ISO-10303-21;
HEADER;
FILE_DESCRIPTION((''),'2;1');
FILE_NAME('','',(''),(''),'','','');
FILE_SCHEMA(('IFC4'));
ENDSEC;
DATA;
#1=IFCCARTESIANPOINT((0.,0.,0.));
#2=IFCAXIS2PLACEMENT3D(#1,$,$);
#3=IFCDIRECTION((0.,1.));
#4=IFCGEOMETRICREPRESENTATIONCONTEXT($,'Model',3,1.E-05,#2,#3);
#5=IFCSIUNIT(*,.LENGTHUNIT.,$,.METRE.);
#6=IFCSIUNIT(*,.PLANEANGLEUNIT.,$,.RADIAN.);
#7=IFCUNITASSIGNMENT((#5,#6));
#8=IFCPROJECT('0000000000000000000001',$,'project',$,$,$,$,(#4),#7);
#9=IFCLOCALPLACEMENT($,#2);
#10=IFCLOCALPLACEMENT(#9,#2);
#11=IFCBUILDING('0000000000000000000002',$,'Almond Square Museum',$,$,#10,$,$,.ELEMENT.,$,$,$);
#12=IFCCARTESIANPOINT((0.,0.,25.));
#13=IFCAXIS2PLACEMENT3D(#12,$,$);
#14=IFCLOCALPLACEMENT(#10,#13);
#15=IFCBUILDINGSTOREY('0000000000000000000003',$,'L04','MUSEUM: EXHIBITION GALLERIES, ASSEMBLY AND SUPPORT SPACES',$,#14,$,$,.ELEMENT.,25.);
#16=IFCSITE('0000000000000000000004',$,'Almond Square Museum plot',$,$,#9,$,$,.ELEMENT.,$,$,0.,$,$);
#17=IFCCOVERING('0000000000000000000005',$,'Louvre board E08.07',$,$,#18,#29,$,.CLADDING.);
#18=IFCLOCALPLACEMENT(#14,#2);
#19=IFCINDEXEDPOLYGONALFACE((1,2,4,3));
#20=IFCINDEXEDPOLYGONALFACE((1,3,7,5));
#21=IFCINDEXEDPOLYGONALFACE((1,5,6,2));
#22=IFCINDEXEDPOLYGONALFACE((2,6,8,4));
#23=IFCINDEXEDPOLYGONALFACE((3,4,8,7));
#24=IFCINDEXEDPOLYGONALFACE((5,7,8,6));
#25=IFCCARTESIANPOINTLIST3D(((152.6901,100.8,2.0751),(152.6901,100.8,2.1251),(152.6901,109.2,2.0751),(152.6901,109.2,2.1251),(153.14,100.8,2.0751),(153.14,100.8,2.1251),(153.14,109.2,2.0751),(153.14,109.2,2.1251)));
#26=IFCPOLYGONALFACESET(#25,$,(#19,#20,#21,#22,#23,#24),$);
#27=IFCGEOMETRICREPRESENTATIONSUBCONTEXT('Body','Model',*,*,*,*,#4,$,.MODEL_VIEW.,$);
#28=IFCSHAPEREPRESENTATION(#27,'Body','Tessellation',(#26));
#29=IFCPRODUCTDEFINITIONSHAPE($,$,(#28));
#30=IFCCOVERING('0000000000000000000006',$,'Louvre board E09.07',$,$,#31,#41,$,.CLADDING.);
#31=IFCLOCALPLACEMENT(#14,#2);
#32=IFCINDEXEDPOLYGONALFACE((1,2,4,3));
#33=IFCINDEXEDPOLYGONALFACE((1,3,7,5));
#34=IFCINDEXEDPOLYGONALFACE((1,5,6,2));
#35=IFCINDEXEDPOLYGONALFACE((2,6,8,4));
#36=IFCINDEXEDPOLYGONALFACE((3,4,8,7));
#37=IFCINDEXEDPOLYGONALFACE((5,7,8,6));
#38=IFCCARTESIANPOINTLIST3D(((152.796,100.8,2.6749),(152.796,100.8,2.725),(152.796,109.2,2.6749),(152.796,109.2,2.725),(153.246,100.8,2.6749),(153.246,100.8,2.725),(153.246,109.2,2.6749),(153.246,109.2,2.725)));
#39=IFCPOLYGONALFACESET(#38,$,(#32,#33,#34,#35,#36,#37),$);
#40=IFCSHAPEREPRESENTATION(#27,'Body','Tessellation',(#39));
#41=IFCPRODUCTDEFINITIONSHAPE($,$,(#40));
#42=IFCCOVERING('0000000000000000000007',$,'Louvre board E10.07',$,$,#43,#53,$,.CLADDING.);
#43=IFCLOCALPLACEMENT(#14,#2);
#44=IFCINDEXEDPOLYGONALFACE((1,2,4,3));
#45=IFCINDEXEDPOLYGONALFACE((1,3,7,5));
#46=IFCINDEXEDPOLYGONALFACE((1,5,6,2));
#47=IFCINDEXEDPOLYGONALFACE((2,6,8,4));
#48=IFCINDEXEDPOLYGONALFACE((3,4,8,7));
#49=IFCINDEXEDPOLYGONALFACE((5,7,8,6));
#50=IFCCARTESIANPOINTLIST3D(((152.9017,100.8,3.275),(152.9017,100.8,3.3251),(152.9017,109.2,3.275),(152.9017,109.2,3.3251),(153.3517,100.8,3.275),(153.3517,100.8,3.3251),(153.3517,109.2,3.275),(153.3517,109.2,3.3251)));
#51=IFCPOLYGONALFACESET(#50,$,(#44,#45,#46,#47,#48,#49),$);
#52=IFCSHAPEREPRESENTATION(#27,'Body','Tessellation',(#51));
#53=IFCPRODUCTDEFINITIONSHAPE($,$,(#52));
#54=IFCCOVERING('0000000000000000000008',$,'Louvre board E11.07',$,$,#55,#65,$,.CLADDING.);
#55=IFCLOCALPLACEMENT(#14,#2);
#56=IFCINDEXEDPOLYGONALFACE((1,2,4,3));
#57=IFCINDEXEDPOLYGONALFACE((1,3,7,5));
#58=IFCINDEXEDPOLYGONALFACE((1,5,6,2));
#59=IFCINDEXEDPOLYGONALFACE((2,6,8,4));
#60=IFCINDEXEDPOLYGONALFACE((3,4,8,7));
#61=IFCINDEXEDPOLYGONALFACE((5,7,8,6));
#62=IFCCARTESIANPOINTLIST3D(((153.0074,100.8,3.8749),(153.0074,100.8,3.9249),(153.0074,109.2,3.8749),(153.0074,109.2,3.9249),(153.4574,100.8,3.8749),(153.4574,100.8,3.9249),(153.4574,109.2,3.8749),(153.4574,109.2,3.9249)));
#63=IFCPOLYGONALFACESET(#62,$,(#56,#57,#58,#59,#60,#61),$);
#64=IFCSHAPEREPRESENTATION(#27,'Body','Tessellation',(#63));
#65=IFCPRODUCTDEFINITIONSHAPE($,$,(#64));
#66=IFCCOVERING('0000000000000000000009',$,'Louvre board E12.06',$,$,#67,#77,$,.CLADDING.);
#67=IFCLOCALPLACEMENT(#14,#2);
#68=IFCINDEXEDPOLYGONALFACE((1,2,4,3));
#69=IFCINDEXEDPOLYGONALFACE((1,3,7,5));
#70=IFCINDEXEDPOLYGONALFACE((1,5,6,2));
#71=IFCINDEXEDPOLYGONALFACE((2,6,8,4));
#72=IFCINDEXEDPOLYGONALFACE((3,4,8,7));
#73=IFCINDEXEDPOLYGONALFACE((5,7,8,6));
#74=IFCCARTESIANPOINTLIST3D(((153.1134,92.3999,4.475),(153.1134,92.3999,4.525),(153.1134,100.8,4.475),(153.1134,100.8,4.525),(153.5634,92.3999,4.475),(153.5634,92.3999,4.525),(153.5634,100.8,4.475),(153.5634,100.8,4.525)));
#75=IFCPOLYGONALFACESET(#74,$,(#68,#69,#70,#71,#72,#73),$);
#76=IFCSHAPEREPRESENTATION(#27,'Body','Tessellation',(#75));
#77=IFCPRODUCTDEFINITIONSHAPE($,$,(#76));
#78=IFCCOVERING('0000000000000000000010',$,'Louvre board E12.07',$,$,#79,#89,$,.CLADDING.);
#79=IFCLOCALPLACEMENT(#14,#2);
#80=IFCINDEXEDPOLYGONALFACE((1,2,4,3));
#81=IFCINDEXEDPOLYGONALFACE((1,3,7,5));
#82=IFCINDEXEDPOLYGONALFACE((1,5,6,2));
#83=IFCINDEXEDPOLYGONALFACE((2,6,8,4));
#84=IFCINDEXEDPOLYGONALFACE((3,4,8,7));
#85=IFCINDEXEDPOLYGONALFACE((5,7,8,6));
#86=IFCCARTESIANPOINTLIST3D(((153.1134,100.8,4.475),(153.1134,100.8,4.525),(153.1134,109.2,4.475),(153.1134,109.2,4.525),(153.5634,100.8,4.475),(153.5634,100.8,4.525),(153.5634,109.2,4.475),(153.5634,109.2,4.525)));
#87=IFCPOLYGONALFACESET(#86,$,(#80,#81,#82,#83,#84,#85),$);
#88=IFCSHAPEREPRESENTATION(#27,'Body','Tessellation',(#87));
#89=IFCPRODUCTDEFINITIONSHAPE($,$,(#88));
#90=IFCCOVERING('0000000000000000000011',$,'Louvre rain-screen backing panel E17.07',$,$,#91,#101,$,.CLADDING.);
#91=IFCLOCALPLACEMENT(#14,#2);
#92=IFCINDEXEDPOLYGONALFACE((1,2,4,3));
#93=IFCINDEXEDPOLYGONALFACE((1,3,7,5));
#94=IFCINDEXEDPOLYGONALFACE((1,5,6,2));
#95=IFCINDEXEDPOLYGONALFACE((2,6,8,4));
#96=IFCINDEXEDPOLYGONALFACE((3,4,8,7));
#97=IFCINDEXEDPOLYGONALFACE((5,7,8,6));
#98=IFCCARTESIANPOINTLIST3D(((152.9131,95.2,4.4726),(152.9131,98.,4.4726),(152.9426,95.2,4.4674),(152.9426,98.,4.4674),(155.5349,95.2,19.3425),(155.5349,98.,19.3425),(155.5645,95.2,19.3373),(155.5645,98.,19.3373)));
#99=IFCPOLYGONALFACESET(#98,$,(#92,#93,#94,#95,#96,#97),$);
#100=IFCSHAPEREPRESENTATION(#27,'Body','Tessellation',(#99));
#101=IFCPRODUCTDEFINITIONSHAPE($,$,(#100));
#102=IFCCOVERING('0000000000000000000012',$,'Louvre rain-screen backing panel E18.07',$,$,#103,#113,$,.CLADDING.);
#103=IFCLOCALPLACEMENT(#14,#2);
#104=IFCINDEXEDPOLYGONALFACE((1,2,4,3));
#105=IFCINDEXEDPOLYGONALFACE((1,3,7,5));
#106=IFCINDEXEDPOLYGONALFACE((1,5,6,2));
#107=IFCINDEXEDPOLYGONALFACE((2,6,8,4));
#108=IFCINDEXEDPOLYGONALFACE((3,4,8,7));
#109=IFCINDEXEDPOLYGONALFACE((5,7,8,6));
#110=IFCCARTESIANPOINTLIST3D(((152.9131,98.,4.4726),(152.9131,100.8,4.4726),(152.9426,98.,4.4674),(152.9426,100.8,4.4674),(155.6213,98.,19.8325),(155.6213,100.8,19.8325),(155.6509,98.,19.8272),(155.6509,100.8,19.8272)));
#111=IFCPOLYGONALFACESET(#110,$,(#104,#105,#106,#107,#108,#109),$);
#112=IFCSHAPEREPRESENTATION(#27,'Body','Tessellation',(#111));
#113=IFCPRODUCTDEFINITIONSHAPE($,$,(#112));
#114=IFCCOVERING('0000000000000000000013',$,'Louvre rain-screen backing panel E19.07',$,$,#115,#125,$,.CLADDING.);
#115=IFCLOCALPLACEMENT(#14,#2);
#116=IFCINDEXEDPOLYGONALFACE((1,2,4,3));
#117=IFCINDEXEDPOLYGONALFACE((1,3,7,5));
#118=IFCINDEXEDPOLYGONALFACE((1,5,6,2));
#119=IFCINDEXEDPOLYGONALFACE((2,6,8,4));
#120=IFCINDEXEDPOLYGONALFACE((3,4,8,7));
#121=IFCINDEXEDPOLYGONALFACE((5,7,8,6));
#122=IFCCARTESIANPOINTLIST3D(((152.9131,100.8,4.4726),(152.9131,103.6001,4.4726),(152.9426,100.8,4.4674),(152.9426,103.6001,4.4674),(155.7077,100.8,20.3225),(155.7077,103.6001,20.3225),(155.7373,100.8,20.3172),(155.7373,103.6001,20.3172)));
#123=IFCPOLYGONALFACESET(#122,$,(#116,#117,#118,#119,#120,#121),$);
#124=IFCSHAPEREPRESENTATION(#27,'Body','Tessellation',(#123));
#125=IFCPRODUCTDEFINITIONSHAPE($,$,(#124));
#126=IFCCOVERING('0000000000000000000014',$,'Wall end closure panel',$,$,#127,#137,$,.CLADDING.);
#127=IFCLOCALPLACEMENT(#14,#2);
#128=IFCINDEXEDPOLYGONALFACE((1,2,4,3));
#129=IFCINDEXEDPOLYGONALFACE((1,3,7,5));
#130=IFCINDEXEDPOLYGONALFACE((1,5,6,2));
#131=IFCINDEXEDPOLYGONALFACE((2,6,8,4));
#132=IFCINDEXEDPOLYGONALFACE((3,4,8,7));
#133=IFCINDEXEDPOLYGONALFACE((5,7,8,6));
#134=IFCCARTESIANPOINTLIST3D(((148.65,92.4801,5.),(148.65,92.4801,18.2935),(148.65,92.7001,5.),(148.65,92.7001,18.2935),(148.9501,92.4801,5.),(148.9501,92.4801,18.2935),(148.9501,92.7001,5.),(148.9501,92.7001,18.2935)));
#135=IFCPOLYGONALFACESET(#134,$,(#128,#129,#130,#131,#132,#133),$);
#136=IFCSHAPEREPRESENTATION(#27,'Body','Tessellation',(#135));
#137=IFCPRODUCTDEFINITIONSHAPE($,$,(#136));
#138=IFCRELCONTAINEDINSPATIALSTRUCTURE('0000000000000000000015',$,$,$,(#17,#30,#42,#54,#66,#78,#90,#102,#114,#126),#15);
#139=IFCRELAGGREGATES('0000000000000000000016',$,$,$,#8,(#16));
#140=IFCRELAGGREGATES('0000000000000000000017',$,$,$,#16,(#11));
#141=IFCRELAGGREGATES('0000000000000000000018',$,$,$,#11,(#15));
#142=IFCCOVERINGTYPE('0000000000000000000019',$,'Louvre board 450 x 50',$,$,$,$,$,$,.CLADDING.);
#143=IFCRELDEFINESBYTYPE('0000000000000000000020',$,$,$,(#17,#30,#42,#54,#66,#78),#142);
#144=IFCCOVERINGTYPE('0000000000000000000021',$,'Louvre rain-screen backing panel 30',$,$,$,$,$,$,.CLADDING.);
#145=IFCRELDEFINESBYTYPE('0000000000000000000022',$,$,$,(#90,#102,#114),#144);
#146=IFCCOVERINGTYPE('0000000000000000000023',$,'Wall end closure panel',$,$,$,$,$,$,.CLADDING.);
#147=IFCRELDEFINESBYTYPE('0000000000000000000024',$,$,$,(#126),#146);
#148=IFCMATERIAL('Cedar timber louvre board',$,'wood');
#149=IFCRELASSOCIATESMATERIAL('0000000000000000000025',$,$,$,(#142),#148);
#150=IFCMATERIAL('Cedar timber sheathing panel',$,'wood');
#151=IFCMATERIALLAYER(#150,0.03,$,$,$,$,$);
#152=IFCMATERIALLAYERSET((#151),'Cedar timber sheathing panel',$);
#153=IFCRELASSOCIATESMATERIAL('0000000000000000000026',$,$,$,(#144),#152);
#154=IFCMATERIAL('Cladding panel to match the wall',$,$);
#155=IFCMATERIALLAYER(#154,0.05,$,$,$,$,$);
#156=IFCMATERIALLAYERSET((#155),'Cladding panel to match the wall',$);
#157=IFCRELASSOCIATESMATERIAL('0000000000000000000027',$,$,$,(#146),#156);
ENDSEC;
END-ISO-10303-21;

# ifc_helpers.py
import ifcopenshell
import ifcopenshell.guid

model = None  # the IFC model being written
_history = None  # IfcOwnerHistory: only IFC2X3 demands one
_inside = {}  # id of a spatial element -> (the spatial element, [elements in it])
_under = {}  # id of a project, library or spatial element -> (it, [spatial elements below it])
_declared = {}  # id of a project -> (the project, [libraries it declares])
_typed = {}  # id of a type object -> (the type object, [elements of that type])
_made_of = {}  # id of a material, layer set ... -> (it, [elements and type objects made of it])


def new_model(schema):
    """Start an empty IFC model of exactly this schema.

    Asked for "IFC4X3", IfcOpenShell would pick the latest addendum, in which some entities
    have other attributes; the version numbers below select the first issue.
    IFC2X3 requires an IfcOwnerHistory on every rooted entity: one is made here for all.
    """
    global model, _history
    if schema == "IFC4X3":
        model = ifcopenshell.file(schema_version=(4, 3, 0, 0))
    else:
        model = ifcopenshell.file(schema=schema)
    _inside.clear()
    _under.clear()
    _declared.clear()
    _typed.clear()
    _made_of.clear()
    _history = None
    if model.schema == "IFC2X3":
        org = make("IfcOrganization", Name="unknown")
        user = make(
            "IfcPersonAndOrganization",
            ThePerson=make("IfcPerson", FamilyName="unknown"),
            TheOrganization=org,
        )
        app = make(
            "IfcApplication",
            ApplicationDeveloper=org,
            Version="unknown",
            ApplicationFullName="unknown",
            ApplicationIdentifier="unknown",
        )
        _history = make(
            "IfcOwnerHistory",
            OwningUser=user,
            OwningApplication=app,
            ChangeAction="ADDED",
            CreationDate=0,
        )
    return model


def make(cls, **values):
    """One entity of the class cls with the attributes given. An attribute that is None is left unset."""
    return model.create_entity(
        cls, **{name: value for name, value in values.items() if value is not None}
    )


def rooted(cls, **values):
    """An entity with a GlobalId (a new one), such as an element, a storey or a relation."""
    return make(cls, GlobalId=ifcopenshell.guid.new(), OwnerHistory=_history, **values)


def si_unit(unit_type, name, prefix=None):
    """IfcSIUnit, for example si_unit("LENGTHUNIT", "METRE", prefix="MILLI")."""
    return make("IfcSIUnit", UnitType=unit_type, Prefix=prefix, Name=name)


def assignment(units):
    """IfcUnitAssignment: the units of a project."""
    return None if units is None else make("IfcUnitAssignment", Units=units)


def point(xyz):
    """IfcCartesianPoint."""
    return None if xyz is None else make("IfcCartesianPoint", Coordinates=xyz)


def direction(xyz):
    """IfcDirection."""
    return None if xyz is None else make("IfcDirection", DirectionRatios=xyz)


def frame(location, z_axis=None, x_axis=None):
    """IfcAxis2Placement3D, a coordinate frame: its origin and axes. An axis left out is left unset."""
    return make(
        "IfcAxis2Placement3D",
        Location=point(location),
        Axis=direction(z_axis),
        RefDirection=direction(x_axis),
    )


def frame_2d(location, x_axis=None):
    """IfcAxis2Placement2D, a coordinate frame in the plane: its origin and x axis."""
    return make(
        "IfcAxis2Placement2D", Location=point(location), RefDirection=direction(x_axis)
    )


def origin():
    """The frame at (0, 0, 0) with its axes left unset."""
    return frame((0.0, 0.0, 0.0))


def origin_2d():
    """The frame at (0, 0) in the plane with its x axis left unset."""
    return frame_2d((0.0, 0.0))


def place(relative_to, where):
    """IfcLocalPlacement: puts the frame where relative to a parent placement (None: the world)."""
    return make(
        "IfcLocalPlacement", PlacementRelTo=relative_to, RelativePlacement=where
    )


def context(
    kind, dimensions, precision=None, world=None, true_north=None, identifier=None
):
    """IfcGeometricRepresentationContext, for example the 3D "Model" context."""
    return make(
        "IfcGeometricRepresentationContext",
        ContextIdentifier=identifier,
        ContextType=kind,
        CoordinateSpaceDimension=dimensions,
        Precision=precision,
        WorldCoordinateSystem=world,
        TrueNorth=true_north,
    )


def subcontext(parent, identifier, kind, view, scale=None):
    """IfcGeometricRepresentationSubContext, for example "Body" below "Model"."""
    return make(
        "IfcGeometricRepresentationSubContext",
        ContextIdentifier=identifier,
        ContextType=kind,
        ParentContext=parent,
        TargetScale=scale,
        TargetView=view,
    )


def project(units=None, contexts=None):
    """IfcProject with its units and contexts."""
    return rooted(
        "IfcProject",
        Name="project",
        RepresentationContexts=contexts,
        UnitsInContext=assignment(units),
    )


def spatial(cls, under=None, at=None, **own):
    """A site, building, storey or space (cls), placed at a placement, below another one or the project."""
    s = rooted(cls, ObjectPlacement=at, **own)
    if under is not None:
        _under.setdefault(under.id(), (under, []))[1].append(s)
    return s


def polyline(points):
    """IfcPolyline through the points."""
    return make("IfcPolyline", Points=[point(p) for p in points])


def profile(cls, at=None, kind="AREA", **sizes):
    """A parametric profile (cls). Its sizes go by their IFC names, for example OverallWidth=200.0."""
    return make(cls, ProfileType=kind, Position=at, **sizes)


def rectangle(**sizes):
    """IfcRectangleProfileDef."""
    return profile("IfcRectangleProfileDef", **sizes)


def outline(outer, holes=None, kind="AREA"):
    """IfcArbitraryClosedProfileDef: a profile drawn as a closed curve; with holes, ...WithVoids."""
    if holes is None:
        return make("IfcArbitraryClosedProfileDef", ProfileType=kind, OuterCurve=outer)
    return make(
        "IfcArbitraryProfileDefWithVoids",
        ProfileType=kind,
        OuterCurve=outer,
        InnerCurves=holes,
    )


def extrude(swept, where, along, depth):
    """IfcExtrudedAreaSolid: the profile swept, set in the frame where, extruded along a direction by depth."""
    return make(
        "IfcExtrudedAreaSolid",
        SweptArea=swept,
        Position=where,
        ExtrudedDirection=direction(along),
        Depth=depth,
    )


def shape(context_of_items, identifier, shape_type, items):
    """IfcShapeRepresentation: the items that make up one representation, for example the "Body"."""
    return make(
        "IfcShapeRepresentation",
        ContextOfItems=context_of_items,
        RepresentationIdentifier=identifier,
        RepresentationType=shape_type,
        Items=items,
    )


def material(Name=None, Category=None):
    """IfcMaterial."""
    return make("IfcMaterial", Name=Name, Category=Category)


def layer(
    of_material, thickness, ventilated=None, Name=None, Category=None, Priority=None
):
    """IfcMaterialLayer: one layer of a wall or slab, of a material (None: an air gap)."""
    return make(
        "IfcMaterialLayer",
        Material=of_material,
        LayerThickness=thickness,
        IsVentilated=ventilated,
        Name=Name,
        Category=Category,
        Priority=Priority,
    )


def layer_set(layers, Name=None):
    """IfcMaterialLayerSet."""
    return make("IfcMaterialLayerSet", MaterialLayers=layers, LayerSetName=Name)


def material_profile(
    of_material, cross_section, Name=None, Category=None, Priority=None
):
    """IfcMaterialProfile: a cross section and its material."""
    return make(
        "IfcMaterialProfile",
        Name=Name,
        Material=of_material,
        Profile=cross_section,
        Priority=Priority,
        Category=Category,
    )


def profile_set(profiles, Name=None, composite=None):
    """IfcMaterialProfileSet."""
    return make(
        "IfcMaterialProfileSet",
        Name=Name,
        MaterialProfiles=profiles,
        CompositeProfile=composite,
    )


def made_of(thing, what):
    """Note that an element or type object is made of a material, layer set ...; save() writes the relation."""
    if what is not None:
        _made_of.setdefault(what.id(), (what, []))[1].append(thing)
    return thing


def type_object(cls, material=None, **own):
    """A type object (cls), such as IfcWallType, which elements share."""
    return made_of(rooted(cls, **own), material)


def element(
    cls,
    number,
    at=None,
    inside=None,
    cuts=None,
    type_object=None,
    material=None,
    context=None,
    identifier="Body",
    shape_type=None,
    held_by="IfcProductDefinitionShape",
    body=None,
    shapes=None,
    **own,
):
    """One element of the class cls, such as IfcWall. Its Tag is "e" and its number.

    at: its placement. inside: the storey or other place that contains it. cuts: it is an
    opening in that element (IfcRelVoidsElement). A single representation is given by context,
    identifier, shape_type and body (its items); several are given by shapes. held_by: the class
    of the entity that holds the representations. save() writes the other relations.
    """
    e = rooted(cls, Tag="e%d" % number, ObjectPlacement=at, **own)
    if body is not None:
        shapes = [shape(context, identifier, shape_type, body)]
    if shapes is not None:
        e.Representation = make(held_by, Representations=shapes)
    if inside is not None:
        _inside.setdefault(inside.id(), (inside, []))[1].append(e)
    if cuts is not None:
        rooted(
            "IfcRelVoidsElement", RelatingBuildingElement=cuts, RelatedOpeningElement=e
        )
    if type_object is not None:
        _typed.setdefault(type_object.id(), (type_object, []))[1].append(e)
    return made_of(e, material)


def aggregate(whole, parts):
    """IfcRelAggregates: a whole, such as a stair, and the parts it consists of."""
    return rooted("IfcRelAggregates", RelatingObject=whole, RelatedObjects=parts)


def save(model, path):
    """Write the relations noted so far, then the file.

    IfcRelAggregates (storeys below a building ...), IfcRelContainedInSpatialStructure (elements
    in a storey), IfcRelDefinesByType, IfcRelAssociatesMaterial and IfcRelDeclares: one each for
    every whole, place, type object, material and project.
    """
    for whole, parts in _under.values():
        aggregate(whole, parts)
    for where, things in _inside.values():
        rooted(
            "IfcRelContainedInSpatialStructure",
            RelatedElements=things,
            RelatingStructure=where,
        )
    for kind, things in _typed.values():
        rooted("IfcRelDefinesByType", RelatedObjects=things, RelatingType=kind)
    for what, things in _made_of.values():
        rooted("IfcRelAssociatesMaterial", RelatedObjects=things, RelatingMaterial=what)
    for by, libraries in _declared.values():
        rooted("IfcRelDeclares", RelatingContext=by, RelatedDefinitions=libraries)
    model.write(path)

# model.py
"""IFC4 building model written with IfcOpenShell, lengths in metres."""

from ifc_helpers import new_model, si_unit, direction, frame, origin, origin_2d, place, context, subcontext, project, spatial, polyline, rectangle, outline, extrude, material, layer, layer_set, material_profile, profile_set, type_object, element, save


model = new_model("IFC4")

# Units and contexts
model_context = context("Model", 3, precision=1e-05, world=origin(), true_north=direction((0.0, 1.0)))
body_context = subcontext(model_context, "Body", "Model", "MODEL_VIEW")
ifc_project = project(units=[si_unit("LENGTHUNIT", "METRE"), si_unit("PLANEANGLEUNIT", "RADIAN")], contexts=[model_context])

# Site, building, storey
site_placement = place(None, origin())
site = spatial("IfcSite", under=ifc_project, at=site_placement, Name="Almond Square Museum plot", CompositionType="ELEMENT", RefElevation=0.0)
building_placement = place(site_placement, origin())
building = spatial("IfcBuilding", under=site, at=building_placement, Name="Almond Square Museum", CompositionType="ELEMENT")
storey_placement = place(building_placement, frame((0.0, 0.0, 25.0)))
storey = spatial("IfcBuildingStorey", under=building, at=storey_placement, Name="L04", Description="MUSEUM: EXHIBITION GALLERIES, ASSEMBLY AND SUPPORT SPACES", CompositionType="ELEMENT", Elevation=25.0)

# Coverings
ifc_material_1 = material(Name="Cedar timber louvre board", Category="wood")
ifc_material_profile_1 = material_profile(ifc_material_1, rectangle(XDim=0.45, YDim=0.05, at=origin_2d()))
ifc_profile_set_1 = profile_set([ifc_material_profile_1], Name="Cedar timber louvre board")
covering_type_1 = type_object("IfcCoveringType", Name="Louvre board 450 x 50", PredefinedType="CLADDING", material=ifc_profile_set_1)
for number, where, z_axis, x_axis, name in (
    (1, (152.915, 100.8, 2.1001), (0.0, 1.0, 0.0), (-1.0, 0.0, 0.0), "Louvre board E08.07"),
    (2, (153.021, 100.8, 2.7), (0.0, 1.0, 0.0), (-1.0, 0.0, 0.0), "Louvre board E09.07"),
    (3, (153.1267, 100.8, 3.3), (0.0, 1.0, 0.0), (-1.0, 0.0, 0.0), "Louvre board E10.07"),
    (4, (153.2324, 100.8, 3.8999), (0.0, 1.0, 0.0), (-1.0, 0.0, 0.0), "Louvre board E11.07"),
):
    element("IfcCovering", number, at=place(storey_placement, frame(where, z_axis=z_axis, x_axis=x_axis)), inside=storey, type_object=covering_type_1, Name=name, PredefinedType="CLADDING", context=body_context, shape_type="SweptSolid", body=[
        extrude(rectangle(XDim=0.45, YDim=0.05, at=origin_2d()), origin(), (0.0, 0.0, 1.0), 8.3999),
    ])
covering_1_placement = place(storey_placement, frame((153.3384, 92.3999, 4.5), z_axis=(0.0, 1.0, 0.0), x_axis=(-1.0, 0.0, 0.0)))
element("IfcCovering", 5, at=covering_1_placement, inside=storey, type_object=covering_type_1, Name="Louvre board E12.06", PredefinedType="CLADDING", context=body_context, shape_type="SweptSolid", body=[
    extrude(rectangle(XDim=0.45, YDim=0.05, at=origin_2d()), origin(), (0.0, 0.0, 1.0), 8.4001),
])
covering_2_placement = place(storey_placement, frame((153.3384, 100.8, 4.5), z_axis=(0.0, 1.0, 0.0), x_axis=(-1.0, 0.0, 0.0)))
element("IfcCovering", 6, at=covering_2_placement, inside=storey, type_object=covering_type_1, Name="Louvre board E12.07", PredefinedType="CLADDING", context=body_context, shape_type="SweptSolid", body=[
    extrude(rectangle(XDim=0.45, YDim=0.05, at=origin_2d()), origin(), (0.0, 0.0, 1.0), 8.3999),
])
ifc_material_2 = material(Name="Cedar timber sheathing panel", Category="wood")
ifc_layer_1 = layer(ifc_material_2, 0.03)
ifc_layer_set_1 = layer_set([ifc_layer_1], Name="Cedar timber sheathing panel")
covering_type_2 = type_object("IfcCoveringType", Name="Louvre rain-screen backing panel 30", PredefinedType="CLADDING", material=ifc_layer_set_1)
covering_3_placement = place(storey_placement, frame((152.928, 95.2, 4.47), z_axis=(0.984809, 0.0, -0.17364), x_axis=(0.0, 1.0, 0.0)))
element("IfcCovering", 7, at=covering_3_placement, inside=storey, type_object=covering_type_2, Name="Louvre rain-screen backing panel E17.07", PredefinedType="CLADDING", context=body_context, shape_type="SweptSolid", body=[
    extrude(outline(polyline([(0.0, 0.0), (2.8, 0.0), (2.8, 15.0992), (0.0, 15.0992), (0.0, 0.0)])), frame((0.0, 0.0, -0.0151)), (0.0, 0.0, 1.0), 0.03),
])
covering_4_placement = place(storey_placement, frame((152.928, 98.0, 4.47), z_axis=(0.984809, 0.0, -0.173642), x_axis=(0.0, 1.0, 0.0)))
element("IfcCovering", 8, at=covering_4_placement, inside=storey, type_object=covering_type_2, Name="Louvre rain-screen backing panel E18.07", PredefinedType="CLADDING", context=body_context, shape_type="SweptSolid", body=[
    extrude(outline(polyline([(0.0, 0.0), (2.8, 0.0), (2.8, 15.5968), (0.0, 15.5968), (0.0, 0.0)])), frame((0.0, 0.0, -0.0151)), (0.0, 0.0, 1.0), 0.03),
])
covering_5_placement = place(storey_placement, frame((152.928, 100.8, 4.47), z_axis=(0.984809, 0.0, -0.173643), x_axis=(0.0, 1.0, 0.0)))
element("IfcCovering", 9, at=covering_5_placement, inside=storey, type_object=covering_type_2, Name="Louvre rain-screen backing panel E19.07", PredefinedType="CLADDING", context=body_context, shape_type="SweptSolid", body=[
    extrude(outline(polyline([(0.0, 0.0), (2.8, 0.0), (2.8, 16.0943), (0.0, 16.0943), (0.0, 0.0)])), frame((0.0, 0.0, -0.0151)), (0.0, 0.0, 1.0), 0.03),
])
ifc_material_3 = material(Name="Cladding panel to match the wall")
ifc_layer_2 = layer(ifc_material_3, 0.05)
ifc_layer_set_2 = layer_set([ifc_layer_2], Name="Cladding panel to match the wall")
covering_type_3 = type_object("IfcCoveringType", Name="Wall end closure panel", PredefinedType="CLADDING", material=ifc_layer_set_2)
covering_6_placement = place(storey_placement, frame((148.8, 92.5901, 5.0), z_axis=(0.0, 0.0, 1.0), x_axis=(1.0, 0.0, 0.0)))
element("IfcCovering", 10, at=covering_6_placement, inside=storey, type_object=covering_type_3, Name="Wall end closure panel", PredefinedType="CLADDING", context=body_context, shape_type="SweptSolid", body=[
    extrude(rectangle(XDim=0.3, YDim=0.22, at=origin_2d()), origin(), (0.0, 0.0, 1.0), 13.2935),
])

save(model, "model.ifc")
